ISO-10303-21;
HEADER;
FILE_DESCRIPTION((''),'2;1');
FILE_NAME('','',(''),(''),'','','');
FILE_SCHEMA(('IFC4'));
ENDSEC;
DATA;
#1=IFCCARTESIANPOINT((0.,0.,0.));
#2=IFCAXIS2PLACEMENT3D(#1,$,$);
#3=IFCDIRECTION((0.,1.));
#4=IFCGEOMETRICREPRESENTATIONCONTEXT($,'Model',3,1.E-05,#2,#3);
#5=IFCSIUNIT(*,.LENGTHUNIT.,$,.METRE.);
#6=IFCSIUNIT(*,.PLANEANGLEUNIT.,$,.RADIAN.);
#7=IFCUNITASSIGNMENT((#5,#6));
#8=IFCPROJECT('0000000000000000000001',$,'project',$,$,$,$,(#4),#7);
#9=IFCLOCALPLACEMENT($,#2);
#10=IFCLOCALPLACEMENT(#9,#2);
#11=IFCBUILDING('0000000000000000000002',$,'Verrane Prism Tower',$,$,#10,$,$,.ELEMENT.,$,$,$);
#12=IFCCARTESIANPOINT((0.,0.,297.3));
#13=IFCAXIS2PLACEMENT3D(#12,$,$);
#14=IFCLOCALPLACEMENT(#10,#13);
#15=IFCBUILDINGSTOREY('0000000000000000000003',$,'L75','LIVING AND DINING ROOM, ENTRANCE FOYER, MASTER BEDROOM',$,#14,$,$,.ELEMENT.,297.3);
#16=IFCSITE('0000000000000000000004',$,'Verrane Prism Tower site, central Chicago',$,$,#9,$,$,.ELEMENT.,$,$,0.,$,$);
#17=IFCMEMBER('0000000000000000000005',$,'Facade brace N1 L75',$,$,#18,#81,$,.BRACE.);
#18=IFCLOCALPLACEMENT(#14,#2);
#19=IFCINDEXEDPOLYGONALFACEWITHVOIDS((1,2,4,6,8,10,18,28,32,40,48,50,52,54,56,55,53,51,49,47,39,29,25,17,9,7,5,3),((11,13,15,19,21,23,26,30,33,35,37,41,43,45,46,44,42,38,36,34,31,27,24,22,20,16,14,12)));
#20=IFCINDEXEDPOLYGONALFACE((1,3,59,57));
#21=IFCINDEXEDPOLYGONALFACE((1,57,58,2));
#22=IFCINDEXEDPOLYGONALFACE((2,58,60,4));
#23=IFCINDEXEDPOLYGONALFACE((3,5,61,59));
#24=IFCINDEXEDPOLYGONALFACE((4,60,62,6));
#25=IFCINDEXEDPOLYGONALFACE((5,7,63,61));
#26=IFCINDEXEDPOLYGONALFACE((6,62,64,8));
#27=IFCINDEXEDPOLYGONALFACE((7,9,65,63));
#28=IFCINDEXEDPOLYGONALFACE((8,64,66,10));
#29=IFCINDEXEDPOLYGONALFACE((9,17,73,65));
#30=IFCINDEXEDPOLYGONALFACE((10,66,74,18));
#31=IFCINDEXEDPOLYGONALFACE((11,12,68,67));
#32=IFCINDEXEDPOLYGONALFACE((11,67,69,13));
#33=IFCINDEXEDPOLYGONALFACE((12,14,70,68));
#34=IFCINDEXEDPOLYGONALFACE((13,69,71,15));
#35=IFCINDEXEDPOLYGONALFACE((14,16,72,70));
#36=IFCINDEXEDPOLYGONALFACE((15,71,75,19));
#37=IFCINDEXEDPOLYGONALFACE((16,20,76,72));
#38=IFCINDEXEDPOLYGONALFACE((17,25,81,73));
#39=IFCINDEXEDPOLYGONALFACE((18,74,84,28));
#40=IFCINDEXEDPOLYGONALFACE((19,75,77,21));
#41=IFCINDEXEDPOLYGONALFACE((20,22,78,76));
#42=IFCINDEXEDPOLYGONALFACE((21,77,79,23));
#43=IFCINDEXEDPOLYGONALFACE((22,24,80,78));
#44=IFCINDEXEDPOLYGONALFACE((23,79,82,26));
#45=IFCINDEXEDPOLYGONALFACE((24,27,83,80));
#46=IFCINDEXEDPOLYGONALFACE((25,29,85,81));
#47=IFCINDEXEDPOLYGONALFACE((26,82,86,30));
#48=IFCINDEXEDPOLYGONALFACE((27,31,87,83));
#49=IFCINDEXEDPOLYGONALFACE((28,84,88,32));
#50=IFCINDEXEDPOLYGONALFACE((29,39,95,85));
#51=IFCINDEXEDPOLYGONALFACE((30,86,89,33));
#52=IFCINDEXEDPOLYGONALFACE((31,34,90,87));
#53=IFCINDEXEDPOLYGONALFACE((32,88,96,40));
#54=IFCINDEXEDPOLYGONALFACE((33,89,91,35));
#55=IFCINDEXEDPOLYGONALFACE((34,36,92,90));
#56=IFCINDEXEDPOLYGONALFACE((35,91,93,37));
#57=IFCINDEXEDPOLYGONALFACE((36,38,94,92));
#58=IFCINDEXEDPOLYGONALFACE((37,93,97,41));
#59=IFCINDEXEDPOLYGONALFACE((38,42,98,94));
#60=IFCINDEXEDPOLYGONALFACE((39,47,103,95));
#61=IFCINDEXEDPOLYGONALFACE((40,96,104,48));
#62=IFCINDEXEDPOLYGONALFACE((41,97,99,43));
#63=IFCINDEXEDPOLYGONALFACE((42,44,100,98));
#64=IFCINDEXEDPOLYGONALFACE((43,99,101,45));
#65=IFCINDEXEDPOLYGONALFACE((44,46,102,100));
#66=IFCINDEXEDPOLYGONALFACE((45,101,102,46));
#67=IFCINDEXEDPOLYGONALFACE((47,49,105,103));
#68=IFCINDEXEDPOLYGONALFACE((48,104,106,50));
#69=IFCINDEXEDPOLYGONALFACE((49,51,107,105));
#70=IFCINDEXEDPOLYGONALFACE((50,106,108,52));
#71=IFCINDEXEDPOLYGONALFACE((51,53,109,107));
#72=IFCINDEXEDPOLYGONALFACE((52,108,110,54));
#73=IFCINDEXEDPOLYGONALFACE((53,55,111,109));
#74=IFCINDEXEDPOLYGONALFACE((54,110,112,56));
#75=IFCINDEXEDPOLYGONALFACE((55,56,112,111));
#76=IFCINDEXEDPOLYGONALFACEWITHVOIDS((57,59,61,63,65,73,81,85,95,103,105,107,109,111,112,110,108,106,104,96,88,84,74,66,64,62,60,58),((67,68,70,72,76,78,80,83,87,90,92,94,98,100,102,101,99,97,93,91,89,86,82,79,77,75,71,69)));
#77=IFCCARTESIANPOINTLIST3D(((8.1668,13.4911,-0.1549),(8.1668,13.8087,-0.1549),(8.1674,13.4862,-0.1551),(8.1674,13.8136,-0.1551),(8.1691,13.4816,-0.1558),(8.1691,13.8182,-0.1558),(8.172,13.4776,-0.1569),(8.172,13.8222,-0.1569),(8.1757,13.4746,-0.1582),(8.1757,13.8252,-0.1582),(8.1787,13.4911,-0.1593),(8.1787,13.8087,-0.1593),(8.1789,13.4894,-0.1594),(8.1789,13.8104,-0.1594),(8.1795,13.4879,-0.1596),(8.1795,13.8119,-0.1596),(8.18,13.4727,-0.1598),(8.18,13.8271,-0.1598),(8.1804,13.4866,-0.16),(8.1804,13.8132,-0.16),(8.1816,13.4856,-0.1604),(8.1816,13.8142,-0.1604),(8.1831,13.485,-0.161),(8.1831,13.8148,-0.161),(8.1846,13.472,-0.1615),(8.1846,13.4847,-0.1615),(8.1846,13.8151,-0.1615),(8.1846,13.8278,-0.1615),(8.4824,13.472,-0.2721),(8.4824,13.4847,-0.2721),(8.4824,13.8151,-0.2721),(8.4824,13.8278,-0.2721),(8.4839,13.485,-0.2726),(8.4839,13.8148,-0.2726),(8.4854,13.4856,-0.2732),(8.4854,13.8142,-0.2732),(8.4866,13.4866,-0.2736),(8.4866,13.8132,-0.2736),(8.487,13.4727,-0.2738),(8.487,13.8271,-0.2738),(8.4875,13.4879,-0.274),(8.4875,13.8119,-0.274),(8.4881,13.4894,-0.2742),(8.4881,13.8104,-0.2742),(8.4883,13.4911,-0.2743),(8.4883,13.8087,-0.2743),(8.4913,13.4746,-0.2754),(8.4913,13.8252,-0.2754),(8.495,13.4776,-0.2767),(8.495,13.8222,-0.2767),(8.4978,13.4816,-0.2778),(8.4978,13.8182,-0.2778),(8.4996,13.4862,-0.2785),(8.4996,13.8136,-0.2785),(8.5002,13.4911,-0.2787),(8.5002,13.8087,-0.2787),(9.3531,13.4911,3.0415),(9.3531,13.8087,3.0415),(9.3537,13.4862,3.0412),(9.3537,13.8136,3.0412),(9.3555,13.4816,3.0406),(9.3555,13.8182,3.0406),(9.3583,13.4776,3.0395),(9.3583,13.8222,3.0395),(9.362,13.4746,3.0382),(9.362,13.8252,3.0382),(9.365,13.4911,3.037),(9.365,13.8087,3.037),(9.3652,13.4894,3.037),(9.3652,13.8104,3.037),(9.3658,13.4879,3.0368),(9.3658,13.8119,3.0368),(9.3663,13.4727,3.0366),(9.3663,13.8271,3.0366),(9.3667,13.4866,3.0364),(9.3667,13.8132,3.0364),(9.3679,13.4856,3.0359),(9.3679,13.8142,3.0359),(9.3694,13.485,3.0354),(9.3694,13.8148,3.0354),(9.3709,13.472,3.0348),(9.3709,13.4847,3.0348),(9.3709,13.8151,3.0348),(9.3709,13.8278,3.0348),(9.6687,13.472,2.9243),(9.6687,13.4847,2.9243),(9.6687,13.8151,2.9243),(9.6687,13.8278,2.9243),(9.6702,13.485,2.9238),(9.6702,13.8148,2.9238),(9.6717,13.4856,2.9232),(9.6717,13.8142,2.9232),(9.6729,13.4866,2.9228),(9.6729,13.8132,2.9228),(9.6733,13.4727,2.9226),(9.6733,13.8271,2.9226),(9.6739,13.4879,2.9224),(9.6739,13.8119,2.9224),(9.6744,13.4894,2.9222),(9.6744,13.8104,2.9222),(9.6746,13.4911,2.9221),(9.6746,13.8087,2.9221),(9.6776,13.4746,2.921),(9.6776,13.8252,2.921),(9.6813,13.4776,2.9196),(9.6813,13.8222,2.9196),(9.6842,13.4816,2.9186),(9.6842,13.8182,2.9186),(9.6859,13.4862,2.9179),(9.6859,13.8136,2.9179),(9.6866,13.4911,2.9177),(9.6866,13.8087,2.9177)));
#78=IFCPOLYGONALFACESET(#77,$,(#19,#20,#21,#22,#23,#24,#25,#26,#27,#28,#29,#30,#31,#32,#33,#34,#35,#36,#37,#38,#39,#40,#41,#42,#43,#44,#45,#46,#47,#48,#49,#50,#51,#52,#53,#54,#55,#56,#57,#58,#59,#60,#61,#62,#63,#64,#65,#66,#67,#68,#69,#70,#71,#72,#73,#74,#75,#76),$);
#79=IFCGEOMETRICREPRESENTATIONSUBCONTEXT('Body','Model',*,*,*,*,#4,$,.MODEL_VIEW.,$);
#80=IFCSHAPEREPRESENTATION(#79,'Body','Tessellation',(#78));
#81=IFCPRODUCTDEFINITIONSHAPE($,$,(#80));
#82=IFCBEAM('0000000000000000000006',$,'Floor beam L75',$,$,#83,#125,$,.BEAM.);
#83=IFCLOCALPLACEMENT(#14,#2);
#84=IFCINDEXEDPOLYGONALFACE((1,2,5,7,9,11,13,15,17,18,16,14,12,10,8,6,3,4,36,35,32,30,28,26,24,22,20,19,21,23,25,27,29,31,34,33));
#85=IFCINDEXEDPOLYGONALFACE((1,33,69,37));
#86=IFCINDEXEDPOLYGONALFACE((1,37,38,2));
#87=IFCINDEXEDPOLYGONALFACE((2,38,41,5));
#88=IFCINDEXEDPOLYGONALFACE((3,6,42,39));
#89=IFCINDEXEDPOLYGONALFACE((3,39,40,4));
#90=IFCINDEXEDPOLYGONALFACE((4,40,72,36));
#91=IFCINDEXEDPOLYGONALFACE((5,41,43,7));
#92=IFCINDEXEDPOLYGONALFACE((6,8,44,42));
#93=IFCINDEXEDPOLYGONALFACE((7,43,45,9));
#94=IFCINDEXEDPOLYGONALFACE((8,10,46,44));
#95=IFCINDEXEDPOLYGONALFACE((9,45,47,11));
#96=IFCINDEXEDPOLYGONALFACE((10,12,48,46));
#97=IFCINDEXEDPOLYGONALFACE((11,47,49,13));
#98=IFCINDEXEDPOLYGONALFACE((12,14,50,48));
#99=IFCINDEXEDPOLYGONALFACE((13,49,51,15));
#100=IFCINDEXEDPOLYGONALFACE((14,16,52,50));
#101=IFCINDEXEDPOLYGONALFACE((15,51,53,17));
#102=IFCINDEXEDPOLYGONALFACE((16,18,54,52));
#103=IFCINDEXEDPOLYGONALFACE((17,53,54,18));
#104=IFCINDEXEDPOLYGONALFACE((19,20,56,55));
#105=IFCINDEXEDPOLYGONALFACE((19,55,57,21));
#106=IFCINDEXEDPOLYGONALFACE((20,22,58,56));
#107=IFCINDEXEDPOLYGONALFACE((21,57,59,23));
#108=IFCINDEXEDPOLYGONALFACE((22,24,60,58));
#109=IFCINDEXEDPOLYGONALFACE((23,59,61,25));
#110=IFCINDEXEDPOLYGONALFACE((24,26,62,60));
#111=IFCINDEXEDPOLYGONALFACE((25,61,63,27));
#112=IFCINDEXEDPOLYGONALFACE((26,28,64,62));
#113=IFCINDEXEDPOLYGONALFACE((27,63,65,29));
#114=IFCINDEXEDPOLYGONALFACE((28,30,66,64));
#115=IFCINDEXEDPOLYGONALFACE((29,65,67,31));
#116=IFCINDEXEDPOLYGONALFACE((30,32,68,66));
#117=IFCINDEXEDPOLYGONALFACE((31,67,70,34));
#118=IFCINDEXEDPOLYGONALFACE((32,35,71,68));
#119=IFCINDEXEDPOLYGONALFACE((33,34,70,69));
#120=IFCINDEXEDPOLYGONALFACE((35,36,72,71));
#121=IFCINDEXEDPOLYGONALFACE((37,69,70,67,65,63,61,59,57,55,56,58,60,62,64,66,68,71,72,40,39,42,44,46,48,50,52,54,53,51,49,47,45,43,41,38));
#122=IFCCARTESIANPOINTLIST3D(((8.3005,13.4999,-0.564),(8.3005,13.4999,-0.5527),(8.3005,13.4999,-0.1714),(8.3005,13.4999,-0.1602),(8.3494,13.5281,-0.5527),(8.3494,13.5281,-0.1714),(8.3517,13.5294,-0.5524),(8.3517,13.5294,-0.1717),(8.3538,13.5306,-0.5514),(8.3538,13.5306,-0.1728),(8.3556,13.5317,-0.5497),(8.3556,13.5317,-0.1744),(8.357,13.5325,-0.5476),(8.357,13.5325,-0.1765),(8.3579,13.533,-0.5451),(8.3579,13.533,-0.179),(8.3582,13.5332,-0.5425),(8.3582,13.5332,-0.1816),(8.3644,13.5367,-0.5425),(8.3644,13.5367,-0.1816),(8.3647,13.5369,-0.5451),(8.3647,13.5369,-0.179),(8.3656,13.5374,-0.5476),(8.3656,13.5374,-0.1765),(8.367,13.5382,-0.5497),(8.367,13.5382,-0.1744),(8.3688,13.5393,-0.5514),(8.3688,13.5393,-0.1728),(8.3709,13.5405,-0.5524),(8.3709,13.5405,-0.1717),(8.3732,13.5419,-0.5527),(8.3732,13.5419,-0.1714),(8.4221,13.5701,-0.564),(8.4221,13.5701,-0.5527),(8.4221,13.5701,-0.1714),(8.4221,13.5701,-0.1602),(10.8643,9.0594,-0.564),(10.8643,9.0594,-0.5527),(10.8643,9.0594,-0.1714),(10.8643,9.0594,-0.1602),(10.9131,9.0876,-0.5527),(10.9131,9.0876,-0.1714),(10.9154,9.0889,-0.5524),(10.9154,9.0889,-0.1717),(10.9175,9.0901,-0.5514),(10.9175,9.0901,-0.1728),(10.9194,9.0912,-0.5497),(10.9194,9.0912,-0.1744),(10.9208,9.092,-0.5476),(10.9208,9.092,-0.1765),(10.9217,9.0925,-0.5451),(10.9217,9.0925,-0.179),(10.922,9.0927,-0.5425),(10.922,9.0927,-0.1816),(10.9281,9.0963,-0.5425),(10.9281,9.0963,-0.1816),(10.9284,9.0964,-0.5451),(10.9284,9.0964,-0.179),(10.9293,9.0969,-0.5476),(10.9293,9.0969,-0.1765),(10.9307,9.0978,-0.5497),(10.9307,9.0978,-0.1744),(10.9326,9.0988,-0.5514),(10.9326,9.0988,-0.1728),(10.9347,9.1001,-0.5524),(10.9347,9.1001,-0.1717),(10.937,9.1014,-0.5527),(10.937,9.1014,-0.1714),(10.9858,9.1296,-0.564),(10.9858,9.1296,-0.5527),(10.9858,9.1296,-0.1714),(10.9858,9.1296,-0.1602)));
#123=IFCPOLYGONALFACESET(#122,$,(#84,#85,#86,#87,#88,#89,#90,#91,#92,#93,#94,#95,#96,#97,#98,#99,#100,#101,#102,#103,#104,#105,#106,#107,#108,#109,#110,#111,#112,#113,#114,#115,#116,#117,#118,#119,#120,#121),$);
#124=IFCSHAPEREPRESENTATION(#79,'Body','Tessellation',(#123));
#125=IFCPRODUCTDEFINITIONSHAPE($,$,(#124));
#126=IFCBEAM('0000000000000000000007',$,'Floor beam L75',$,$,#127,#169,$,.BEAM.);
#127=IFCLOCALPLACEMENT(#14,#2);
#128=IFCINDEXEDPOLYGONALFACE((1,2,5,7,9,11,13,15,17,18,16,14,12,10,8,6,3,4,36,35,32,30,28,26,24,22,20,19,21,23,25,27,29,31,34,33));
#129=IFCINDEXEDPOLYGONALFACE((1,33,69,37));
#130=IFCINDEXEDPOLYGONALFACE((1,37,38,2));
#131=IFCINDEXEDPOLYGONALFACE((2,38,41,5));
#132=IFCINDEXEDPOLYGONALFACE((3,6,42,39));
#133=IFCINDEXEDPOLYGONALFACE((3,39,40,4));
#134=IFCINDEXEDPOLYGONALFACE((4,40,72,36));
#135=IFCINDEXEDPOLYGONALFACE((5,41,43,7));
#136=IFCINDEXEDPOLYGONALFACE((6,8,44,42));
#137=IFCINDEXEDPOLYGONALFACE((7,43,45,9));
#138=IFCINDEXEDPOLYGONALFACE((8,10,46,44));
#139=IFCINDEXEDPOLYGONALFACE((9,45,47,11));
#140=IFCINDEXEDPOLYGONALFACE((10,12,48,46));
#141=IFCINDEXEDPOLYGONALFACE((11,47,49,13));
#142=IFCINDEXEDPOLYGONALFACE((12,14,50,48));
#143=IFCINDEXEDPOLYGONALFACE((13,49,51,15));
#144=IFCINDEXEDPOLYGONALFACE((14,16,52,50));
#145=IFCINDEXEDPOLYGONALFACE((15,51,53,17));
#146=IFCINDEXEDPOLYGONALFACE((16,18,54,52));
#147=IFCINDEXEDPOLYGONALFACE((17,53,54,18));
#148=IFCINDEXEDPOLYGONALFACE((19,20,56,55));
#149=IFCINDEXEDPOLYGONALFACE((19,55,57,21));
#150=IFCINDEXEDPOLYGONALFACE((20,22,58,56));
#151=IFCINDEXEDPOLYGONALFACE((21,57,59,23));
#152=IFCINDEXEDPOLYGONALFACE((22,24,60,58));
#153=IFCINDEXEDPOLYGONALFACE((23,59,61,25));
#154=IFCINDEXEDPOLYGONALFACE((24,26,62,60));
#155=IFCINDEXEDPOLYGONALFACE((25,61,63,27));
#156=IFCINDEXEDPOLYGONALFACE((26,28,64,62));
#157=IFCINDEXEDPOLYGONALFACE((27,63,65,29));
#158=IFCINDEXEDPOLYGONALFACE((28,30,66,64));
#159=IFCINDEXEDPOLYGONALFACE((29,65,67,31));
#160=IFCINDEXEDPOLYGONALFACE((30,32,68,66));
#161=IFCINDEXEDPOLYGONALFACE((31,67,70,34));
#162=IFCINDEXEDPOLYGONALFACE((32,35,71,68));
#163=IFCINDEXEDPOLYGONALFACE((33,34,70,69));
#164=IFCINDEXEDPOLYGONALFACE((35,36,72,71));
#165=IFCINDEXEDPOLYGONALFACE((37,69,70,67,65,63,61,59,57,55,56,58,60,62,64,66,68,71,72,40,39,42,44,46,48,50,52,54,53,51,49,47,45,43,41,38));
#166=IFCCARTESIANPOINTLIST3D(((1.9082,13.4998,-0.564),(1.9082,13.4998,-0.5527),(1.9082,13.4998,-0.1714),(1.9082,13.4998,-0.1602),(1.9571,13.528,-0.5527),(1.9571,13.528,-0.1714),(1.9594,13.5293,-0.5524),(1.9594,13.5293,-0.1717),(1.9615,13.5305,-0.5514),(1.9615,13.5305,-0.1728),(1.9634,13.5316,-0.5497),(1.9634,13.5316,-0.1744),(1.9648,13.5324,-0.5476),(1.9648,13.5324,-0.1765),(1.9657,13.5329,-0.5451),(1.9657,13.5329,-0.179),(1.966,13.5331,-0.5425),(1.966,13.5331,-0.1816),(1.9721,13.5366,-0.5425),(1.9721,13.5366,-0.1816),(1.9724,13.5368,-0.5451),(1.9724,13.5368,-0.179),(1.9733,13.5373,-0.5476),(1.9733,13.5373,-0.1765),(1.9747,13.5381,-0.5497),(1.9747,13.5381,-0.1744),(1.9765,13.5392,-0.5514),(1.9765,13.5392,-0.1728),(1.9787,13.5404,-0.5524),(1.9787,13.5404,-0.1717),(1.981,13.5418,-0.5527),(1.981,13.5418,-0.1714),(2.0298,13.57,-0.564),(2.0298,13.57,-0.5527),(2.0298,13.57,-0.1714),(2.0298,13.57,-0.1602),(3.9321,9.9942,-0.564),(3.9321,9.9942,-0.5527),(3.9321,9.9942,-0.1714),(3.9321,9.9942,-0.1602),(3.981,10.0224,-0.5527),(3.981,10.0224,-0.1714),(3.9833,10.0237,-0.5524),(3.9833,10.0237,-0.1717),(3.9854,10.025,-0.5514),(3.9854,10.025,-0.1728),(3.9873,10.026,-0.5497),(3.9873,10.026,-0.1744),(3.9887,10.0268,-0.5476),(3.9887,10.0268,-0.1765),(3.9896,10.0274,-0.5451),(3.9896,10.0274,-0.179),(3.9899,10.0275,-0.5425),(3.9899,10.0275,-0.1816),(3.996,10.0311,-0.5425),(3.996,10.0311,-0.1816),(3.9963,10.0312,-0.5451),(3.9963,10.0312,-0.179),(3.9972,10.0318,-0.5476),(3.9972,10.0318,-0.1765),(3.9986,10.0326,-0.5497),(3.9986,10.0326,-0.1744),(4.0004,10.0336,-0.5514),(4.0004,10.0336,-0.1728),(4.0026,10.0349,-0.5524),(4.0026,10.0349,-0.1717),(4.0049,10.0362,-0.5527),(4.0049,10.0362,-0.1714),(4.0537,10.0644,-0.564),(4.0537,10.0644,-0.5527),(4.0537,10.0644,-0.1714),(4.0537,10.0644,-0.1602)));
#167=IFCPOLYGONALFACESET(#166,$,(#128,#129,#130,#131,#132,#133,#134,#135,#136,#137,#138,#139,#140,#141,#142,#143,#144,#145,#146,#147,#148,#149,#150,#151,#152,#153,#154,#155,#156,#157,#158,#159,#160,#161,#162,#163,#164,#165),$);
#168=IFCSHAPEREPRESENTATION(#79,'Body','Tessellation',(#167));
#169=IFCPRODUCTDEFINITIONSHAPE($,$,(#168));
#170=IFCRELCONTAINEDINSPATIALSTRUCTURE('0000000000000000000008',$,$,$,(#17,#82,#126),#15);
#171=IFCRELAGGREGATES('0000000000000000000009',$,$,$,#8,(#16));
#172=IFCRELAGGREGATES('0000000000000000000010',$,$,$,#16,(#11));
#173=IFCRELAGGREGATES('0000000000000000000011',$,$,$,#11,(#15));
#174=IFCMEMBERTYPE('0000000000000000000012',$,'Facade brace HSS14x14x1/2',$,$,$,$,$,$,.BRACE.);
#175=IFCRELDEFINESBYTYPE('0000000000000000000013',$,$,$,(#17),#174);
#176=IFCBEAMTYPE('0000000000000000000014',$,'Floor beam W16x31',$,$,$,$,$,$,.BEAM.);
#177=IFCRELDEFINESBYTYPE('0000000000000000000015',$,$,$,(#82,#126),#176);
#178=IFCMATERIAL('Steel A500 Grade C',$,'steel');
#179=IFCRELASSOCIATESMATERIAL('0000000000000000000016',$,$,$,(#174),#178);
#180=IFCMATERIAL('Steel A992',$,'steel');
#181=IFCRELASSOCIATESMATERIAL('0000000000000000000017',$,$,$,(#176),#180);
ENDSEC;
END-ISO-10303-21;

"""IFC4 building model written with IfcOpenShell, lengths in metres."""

from ifc_helpers import new_model, si_unit, direction, frame, origin, origin_2d, place, context, subcontext, project, spatial, hollow_rectangle, i_section, extrude, material, material_profile, profile_set, type_object, element, save


model = new_model("IFC4")

# Units and contexts
model_context = context("Model", 3, precision=1e-05, world=origin(), true_north=direction((0.0, 1.0)))
body_context = subcontext(model_context, "Body", "Model", "MODEL_VIEW")
ifc_project = project(units=[si_unit("LENGTHUNIT", "METRE"), si_unit("PLANEANGLEUNIT", "RADIAN")], contexts=[model_context])

# Site, building, storey
site_placement = place(None, origin())
site = spatial("IfcSite", under=ifc_project, at=site_placement, Name="Verrane Prism Tower site, central Chicago", CompositionType="ELEMENT", RefElevation=0.0)
building_placement = place(site_placement, origin())
building = spatial("IfcBuilding", under=site, at=building_placement, Name="Verrane Prism Tower", CompositionType="ELEMENT")
storey_placement = place(building_placement, frame((0.0, 0.0, 297.3)))
storey = spatial("IfcBuildingStorey", under=building, at=storey_placement, Name="L75", Description="LIVING AND DINING ROOM, ENTRANCE FOYER, MASTER BEDROOM", CompositionType="ELEMENT", Elevation=297.3)

# Member
ifc_material_1 = material(Name="Steel A500 Grade C", Category="steel")
ifc_material_profile_1 = material_profile(ifc_material_1, hollow_rectangle(XDim=0.3557, YDim=0.3557, WallThickness=0.0127, InnerFilletRadius=0.0063, OuterFilletRadius=0.019, at=origin_2d()), Name="HSS14x14x1/2")
ifc_profile_set_1 = profile_set([ifc_material_profile_1], Name="Steel A500 Grade C")
member_type_1 = type_object("IfcMemberType", Name="Facade brace HSS14x14x1/2", PredefinedType="BRACE", material=ifc_profile_set_1)
member_1_placement = place(storey_placement, frame((8.3335, 13.6499, -0.2168), z_axis=(0.347951, 0.0, 0.937513), x_axis=(0.0, 1.0, 0.0)))
element("IfcMember", 1, at=member_1_placement, inside=storey, type_object=member_type_1, Name="Facade brace N1 L75", PredefinedType="BRACE", context=body_context, shape_type="SweptSolid", body=[
    extrude(hollow_rectangle(XDim=0.3557, YDim=0.3557, WallThickness=0.0127, InnerFilletRadius=0.0063, OuterFilletRadius=0.019, at=origin_2d()), origin(), (0.0, 0.0, 1.0), 3.4094),
])

# Beams
ifc_material_2 = material(Name="Steel A992", Category="steel")
ifc_material_profile_2 = material_profile(ifc_material_2, i_section(OverallWidth=0.1404, OverallDepth=0.4038, WebThickness=0.0071, FlangeThickness=0.0112, FilletRadius=0.0103, at=origin_2d()), Name="W16x31")
ifc_profile_set_2 = profile_set([ifc_material_profile_2], Name="Steel A992")
beam_type_1 = type_object("IfcBeamType", Name="Floor beam W16x31", PredefinedType="BEAM", material=ifc_profile_set_2)
beam_1_placement = place(storey_placement, frame((10.925, 9.0945, -0.3621), z_axis=(-0.500005, 0.866022, 0.0), x_axis=(-0.866022, -0.500005, 0.0)))
element("IfcBeam", 2, at=beam_1_placement, inside=storey, type_object=beam_type_1, Name="Floor beam L75", PredefinedType="BEAM", context=body_context, shape_type="SweptSolid", body=[
    extrude(i_section(OverallWidth=0.1404, OverallDepth=0.4038, WebThickness=0.0071, FlangeThickness=0.0112, FilletRadius=0.0103, at=origin_2d()), origin(), (0.0, 0.0, 1.0), 5.1274),
])
beam_2_placement = place(storey_placement, frame((3.9929, 10.0293, -0.3621), z_axis=(-0.499992, 0.86603, 0.0), x_axis=(-0.86603, -0.499992, 0.0)))
element("IfcBeam", 3, at=beam_2_placement, inside=storey, type_object=beam_type_1, Name="Floor beam L75", PredefinedType="BEAM", context=body_context, shape_type="SweptSolid", body=[
    extrude(i_section(OverallWidth=0.1404, OverallDepth=0.4038, WebThickness=0.0071, FlangeThickness=0.0112, FilletRadius=0.0103, at=origin_2d()), origin(), (0.0, 0.0, 1.0), 4.0479),
])

save(model, "model.ifc")
